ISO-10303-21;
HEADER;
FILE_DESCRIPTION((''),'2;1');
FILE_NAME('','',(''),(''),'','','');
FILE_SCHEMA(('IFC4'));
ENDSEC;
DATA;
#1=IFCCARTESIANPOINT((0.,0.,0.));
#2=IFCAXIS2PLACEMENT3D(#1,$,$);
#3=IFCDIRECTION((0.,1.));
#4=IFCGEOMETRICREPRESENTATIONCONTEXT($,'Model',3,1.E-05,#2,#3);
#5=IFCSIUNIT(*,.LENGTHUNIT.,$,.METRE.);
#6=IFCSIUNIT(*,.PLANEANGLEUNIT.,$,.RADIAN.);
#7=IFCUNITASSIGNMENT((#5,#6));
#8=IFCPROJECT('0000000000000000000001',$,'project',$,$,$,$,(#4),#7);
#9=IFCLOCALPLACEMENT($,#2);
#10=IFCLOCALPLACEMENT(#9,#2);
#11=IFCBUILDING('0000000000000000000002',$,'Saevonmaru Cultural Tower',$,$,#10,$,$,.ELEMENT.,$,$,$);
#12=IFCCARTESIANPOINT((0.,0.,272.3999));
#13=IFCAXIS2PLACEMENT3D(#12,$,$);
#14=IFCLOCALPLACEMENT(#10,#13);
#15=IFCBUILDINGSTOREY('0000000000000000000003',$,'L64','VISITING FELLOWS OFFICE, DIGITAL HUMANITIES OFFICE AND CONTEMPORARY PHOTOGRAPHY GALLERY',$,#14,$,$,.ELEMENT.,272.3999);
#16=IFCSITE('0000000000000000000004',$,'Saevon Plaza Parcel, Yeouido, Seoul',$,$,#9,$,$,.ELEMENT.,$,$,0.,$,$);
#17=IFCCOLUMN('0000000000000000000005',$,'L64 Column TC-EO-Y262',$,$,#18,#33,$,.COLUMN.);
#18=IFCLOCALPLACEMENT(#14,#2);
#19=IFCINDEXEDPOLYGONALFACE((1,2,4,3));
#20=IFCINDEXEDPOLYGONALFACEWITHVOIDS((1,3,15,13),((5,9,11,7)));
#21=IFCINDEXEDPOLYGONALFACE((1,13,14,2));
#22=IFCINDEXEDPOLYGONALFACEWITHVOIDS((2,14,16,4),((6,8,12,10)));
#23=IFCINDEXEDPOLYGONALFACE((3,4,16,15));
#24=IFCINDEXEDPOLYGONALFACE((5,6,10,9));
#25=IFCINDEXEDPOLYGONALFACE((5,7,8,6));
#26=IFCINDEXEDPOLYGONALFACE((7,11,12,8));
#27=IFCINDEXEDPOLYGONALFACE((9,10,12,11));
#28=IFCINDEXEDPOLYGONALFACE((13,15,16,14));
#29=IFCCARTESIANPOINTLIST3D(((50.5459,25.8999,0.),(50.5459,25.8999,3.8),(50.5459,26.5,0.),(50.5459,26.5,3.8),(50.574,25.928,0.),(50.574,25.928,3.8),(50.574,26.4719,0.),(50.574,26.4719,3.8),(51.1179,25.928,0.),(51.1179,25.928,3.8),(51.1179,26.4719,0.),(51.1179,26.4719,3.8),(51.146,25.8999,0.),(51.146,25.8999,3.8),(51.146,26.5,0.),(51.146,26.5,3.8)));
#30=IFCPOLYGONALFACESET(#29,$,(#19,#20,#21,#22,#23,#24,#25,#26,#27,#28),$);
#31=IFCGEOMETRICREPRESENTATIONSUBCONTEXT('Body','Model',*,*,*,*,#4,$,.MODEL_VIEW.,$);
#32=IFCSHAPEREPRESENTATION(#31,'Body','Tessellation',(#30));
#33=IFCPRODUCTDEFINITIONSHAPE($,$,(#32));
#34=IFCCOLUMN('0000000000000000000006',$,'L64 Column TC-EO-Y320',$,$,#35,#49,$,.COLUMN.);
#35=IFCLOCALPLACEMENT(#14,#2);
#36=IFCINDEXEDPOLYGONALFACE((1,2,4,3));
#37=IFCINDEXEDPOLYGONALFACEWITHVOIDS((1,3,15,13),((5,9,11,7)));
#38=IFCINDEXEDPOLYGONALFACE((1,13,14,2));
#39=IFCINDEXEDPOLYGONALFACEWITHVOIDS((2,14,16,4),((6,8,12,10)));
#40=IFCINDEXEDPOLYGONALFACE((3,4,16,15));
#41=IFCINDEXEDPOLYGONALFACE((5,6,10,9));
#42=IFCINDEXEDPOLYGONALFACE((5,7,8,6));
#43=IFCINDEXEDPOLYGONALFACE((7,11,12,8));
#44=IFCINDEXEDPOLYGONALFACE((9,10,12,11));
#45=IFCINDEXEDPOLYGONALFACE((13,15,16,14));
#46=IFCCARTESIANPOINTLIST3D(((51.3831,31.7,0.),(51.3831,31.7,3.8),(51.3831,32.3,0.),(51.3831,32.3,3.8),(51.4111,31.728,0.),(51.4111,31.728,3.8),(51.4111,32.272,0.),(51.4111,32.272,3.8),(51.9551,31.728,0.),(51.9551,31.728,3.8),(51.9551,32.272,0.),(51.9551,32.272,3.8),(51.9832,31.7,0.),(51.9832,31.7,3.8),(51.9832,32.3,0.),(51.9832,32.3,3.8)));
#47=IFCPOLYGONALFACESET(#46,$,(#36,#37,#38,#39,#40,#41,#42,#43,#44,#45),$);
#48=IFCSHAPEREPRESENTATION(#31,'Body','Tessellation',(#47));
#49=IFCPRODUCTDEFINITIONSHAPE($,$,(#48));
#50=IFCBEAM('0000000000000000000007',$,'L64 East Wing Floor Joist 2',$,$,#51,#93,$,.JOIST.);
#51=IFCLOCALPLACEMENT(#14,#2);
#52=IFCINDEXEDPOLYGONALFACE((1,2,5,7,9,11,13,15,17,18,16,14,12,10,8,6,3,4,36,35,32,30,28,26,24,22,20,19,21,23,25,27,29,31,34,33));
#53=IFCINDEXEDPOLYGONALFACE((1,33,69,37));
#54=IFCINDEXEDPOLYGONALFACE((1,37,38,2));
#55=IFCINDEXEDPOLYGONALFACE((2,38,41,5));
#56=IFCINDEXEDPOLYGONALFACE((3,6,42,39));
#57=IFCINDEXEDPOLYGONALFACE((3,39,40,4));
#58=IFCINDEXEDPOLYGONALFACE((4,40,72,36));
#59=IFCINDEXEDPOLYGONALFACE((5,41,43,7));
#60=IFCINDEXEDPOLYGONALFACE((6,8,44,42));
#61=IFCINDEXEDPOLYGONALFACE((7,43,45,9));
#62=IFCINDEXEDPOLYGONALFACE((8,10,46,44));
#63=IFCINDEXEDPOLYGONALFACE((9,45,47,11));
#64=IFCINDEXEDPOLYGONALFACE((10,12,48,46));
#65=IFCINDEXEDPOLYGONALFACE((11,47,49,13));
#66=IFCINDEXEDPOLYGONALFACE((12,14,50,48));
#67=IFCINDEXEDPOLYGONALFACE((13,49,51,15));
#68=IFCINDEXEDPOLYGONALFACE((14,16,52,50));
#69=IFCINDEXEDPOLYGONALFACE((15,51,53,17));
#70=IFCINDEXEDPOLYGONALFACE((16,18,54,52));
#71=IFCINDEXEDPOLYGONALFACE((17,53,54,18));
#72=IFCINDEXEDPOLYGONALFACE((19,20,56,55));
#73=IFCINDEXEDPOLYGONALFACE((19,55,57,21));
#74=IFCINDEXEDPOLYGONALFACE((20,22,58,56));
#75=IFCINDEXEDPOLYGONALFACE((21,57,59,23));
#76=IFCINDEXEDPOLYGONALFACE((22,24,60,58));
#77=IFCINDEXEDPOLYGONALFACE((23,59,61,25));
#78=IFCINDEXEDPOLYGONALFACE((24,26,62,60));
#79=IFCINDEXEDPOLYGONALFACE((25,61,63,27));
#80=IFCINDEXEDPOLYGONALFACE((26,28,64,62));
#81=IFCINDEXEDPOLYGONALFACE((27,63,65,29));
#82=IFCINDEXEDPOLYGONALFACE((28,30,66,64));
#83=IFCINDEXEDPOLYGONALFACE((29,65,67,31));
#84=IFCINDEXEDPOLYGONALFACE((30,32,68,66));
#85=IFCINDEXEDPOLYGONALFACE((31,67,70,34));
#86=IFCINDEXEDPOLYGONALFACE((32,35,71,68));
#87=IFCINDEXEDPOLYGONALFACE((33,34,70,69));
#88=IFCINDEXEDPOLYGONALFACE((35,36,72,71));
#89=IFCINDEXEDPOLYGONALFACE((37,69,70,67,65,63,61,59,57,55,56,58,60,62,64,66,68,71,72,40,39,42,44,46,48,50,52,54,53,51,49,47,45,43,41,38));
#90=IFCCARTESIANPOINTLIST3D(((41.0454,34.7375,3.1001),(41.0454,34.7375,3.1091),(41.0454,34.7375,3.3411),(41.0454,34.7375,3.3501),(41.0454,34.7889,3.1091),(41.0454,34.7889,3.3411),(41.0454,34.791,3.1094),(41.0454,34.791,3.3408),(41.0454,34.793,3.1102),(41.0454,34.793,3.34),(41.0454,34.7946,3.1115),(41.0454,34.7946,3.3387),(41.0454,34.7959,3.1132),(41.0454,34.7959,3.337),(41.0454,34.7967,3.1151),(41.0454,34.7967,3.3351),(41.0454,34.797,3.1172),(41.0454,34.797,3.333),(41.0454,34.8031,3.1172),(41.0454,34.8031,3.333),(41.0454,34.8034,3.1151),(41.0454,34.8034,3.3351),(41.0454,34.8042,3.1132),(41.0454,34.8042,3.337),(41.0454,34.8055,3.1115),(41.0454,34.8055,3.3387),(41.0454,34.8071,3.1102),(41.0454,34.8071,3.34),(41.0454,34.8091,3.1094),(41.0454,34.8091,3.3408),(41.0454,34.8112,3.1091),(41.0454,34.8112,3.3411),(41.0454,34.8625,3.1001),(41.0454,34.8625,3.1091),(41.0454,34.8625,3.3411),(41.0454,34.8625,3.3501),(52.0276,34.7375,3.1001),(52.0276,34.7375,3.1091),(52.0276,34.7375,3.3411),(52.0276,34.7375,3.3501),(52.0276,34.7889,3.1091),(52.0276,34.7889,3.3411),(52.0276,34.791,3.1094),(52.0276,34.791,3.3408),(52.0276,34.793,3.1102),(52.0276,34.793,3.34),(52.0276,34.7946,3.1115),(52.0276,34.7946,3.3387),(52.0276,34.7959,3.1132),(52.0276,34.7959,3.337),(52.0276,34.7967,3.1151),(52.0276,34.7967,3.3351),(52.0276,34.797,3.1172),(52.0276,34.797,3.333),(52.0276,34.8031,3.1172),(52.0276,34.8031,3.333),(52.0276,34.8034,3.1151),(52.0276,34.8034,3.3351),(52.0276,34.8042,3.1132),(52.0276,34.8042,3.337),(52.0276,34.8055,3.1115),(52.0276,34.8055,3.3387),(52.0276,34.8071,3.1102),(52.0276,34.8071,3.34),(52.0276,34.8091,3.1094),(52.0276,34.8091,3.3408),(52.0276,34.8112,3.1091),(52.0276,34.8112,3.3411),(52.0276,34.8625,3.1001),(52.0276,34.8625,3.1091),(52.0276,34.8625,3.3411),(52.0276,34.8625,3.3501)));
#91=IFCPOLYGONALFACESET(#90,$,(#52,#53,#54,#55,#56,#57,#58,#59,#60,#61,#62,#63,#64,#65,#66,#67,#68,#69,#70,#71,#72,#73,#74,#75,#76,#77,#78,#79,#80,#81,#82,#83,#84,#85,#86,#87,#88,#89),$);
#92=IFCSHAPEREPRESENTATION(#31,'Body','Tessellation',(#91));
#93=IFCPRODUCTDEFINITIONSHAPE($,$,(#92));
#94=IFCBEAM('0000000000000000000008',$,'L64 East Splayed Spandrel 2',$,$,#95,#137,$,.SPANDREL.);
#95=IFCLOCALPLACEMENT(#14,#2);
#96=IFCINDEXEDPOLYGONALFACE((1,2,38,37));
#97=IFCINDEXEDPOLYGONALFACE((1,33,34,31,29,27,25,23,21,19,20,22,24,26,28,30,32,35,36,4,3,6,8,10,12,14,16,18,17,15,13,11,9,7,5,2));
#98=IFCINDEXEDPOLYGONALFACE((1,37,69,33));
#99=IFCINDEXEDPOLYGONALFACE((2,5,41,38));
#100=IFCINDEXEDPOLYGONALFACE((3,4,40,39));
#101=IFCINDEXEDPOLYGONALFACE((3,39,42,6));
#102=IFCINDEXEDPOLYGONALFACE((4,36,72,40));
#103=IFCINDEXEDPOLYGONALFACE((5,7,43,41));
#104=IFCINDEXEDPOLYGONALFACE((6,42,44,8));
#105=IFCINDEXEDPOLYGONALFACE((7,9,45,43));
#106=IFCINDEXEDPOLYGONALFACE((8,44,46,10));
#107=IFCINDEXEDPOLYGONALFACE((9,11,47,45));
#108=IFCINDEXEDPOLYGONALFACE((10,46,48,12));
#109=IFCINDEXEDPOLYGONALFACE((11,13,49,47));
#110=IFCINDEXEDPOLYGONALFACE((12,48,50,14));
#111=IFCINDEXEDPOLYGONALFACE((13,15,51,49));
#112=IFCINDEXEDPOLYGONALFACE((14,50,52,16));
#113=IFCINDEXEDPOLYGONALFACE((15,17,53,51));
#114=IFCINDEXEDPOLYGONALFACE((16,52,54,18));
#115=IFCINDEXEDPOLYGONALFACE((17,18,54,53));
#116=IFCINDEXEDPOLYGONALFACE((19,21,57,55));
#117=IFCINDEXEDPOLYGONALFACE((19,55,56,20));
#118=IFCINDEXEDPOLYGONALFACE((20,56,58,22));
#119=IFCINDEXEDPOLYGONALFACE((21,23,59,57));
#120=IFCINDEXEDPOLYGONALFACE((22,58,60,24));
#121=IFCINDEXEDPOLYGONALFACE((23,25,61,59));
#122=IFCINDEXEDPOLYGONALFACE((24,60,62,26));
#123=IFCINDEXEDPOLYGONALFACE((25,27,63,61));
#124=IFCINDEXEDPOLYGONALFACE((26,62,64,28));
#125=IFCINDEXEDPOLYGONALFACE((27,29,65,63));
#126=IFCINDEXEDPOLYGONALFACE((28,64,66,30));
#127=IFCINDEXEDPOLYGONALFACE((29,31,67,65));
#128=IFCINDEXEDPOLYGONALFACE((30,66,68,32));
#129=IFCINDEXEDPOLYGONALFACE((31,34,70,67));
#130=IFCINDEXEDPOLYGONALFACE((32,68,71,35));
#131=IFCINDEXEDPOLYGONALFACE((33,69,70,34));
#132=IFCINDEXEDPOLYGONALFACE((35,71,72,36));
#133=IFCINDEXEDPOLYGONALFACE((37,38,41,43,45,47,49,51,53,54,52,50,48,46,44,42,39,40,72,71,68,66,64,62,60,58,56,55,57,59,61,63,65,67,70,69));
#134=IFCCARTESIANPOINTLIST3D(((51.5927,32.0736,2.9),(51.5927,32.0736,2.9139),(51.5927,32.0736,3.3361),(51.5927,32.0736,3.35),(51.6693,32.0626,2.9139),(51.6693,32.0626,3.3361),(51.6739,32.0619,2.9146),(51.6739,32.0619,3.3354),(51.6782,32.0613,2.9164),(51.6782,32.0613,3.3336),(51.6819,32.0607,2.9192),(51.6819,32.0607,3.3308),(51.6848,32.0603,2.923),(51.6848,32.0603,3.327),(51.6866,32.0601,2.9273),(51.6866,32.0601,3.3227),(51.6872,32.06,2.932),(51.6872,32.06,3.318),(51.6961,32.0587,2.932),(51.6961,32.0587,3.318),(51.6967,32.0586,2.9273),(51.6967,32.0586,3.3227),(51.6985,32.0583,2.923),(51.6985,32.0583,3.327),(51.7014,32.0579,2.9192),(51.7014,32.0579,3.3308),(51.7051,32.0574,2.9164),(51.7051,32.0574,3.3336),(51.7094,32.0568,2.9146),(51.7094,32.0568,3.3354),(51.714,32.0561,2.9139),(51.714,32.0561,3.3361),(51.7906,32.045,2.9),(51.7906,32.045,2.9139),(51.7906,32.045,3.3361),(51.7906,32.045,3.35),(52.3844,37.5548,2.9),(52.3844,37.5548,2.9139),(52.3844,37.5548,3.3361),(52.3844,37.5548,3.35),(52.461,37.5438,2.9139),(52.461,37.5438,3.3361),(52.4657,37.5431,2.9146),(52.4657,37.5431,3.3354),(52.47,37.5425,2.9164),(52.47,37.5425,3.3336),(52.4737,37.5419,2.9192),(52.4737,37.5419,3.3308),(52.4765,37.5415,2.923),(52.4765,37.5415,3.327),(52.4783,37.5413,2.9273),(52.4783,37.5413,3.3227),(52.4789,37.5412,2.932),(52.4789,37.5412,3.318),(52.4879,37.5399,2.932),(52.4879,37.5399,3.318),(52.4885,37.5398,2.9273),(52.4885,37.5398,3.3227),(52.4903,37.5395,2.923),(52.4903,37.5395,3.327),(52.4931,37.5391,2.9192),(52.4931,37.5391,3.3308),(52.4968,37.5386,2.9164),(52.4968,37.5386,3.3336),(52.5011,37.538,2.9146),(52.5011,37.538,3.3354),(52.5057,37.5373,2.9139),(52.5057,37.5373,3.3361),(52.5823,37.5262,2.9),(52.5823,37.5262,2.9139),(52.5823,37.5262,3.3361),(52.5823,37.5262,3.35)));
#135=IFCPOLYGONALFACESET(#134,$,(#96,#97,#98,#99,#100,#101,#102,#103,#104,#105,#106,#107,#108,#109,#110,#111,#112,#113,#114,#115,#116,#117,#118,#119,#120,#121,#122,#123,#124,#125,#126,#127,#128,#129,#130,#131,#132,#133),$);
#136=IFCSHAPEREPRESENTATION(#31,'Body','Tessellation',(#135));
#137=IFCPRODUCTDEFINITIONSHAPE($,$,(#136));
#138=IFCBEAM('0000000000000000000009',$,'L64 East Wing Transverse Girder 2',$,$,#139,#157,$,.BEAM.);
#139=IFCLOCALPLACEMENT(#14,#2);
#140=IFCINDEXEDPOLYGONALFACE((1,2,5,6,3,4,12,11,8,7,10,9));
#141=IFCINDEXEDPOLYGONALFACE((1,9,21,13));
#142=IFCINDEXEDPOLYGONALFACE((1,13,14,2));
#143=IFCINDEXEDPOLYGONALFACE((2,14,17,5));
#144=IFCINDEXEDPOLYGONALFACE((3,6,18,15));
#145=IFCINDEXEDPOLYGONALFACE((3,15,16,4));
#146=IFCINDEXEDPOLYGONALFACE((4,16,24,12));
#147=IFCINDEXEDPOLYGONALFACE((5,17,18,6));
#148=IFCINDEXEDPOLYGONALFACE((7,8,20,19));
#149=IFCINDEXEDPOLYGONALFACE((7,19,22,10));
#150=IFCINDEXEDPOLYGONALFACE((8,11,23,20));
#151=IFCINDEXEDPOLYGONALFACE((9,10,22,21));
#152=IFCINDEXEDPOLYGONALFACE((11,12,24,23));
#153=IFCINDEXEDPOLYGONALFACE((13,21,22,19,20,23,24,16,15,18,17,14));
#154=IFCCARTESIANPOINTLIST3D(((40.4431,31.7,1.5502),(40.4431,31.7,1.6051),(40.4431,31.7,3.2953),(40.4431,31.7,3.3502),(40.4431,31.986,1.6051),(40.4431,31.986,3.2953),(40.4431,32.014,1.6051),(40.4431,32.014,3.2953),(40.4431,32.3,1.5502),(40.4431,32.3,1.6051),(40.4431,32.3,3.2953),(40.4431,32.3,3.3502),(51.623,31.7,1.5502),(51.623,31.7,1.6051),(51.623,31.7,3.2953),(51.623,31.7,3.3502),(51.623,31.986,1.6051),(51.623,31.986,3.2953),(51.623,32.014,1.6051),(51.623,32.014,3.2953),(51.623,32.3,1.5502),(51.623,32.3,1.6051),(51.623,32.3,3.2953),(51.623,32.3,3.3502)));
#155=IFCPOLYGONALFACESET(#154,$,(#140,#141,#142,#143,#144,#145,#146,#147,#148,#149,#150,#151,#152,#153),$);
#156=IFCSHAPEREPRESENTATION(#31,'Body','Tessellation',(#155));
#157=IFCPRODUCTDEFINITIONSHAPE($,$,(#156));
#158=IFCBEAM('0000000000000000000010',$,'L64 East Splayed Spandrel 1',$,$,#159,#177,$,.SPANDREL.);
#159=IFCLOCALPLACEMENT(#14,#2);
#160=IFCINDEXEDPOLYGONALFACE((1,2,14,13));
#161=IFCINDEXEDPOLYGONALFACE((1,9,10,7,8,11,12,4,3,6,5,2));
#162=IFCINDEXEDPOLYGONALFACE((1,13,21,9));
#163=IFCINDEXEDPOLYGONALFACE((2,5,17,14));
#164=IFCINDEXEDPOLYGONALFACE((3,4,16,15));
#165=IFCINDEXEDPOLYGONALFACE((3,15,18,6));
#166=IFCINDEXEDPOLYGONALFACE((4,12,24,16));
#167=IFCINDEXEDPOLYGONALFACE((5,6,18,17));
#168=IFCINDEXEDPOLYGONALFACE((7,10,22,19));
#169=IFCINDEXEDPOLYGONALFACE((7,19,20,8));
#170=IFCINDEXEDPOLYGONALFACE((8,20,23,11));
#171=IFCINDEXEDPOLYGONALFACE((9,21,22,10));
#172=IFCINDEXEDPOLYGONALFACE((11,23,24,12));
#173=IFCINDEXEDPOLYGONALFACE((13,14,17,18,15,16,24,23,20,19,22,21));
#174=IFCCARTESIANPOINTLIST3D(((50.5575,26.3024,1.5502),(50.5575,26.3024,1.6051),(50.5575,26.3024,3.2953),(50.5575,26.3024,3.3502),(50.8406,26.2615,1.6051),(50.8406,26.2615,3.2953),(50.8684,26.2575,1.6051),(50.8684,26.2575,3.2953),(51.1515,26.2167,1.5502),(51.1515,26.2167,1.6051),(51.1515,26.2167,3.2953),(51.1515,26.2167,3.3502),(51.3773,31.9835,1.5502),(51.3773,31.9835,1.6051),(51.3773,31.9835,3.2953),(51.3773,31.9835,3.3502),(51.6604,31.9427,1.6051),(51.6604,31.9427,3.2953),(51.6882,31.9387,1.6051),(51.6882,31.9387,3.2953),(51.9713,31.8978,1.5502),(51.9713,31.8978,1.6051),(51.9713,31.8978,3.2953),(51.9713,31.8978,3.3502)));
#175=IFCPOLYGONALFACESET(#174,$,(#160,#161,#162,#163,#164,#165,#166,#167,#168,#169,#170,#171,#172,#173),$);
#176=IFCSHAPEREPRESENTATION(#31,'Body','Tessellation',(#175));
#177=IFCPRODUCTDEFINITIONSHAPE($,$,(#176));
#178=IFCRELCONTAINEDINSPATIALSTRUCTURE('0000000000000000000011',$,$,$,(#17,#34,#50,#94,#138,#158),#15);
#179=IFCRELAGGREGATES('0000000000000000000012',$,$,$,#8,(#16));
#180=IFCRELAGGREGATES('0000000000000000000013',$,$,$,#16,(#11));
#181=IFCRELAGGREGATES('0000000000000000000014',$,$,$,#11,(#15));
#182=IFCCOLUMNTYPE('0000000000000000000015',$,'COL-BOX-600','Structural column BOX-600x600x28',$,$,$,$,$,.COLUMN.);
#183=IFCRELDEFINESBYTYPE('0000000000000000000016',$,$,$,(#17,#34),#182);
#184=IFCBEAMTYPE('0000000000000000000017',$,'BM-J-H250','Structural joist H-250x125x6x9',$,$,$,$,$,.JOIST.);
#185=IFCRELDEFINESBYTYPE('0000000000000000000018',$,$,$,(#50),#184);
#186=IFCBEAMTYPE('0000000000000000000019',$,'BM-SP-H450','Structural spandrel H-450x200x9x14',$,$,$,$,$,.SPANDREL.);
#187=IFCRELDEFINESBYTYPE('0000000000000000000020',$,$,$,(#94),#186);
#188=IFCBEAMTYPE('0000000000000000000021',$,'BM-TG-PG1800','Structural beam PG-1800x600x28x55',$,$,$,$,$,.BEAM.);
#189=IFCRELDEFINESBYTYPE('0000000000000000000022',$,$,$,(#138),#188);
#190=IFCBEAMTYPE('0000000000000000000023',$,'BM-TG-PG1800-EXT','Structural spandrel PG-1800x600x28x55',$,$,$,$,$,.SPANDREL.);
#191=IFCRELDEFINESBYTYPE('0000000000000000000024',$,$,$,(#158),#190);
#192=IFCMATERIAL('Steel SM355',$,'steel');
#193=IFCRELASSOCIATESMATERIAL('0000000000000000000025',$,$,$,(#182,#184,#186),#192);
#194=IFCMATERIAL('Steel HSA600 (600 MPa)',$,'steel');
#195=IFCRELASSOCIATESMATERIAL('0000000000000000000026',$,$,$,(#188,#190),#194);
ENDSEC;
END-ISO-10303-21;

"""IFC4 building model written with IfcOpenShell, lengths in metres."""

from ifc_helpers import new_model, si_unit, direction, frame, origin, origin_2d, place, context, subcontext, project, spatial, hollow_rectangle, i_section, extrude, material, material_profile, profile_set, type_object, element, save


model = new_model("IFC4")

# Units and contexts
model_context = context("Model", 3, precision=1e-05, world=origin(), true_north=direction((0.0, 1.0)))
body_context = subcontext(model_context, "Body", "Model", "MODEL_VIEW")
ifc_project = project(units=[si_unit("LENGTHUNIT", "METRE"), si_unit("PLANEANGLEUNIT", "RADIAN")], contexts=[model_context])

# Site, building, storey
site_placement = place(None, origin())
site = spatial("IfcSite", under=ifc_project, at=site_placement, Name="Saevon Plaza Parcel, Yeouido, Seoul", CompositionType="ELEMENT", RefElevation=0.0)
building_placement = place(site_placement, origin())
building = spatial("IfcBuilding", under=site, at=building_placement, Name="Saevonmaru Cultural Tower", CompositionType="ELEMENT")
storey_placement = place(building_placement, frame((0.0, 0.0, 272.3999)))
storey = spatial("IfcBuildingStorey", under=building, at=storey_placement, Name="L64", Description="VISITING FELLOWS OFFICE, DIGITAL HUMANITIES OFFICE AND CONTEMPORARY PHOTOGRAPHY GALLERY", CompositionType="ELEMENT", Elevation=272.3999)

# Columns
ifc_material_1 = material(Name="Steel SM355", Category="steel")
ifc_material_profile_1 = material_profile(ifc_material_1, hollow_rectangle(XDim=0.6001, YDim=0.6001, WallThickness=0.0281, at=origin_2d()), Name="BOX-600x600x28")
ifc_profile_set_1 = profile_set([ifc_material_profile_1], Name="Steel SM355")
column_type = type_object("IfcColumnType", Name="COL-BOX-600", Description="Structural column BOX-600x600x28", PredefinedType="COLUMN", material=ifc_profile_set_1)
for number, where, z_axis, x_axis, name in (
    (1, (50.8459, 26.2, 0.0), (0.0, 0.0, 1.0), (1.0, 0.0, 0.0), "L64 Column TC-EO-Y262"),
    (2, (51.6831, 32.0, 0.0), (0.0, 0.0, 1.0), (1.0, 0.0, 0.0), "L64 Column TC-EO-Y320"),
):
    element("IfcColumn", number, at=place(storey_placement, frame(where, z_axis=z_axis, x_axis=x_axis)), inside=storey, type_object=column_type, Name=name, PredefinedType="COLUMN", context=body_context, shape_type="SweptSolid", body=[
        extrude(hollow_rectangle(XDim=0.6001, YDim=0.6001, WallThickness=0.0281, at=origin_2d()), origin(), (0.0, 0.0, 1.0), 3.8),
    ])

# Beams
ifc_material_profile_2 = material_profile(ifc_material_1, i_section(OverallWidth=0.125, OverallDepth=0.25, WebThickness=0.0061, FlangeThickness=0.009, FilletRadius=0.0081, at=origin_2d()), Name="H-250x125x6x9")
ifc_profile_set_2 = profile_set([ifc_material_profile_2], Name="Steel SM355")
beam_type_1 = type_object("IfcBeamType", Name="BM-J-H250", Description="Structural joist H-250x125x6x9", PredefinedType="JOIST", material=ifc_profile_set_2)
beam_1_placement = place(storey_placement, frame((41.0454, 34.8, 3.2251), z_axis=(1.0, 0.0, 0.0), x_axis=(0.0, 1.0, 0.0)))
element("IfcBeam", 3, at=beam_1_placement, inside=storey, type_object=beam_type_1, Name="L64 East Wing Floor Joist 2", PredefinedType="JOIST", context=body_context, shape_type="SweptSolid", body=[
    extrude(i_section(OverallWidth=0.125, OverallDepth=0.25, WebThickness=0.0061, FlangeThickness=0.009, FilletRadius=0.0081, at=origin_2d()), origin(), (0.0, 0.0, 1.0), 10.9822),
])
ifc_material_profile_3 = material_profile(ifc_material_1, i_section(OverallWidth=0.2, OverallDepth=0.45, WebThickness=0.009, FlangeThickness=0.0139, FilletRadius=0.0181, at=origin_2d()), Name="H-450x200x9x14")
ifc_profile_set_3 = profile_set([ifc_material_profile_3], Name="Steel SM355")
beam_type_2 = type_object("IfcBeamType", Name="BM-SP-H450", Description="Structural spandrel H-450x200x9x14", PredefinedType="SPANDREL", material=ifc_profile_set_3)
beam_2_placement = place(storey_placement, frame((51.6917, 32.0593, 3.125), z_axis=(0.142964, 0.989728, 0.0), x_axis=(-0.989728, 0.142964, 0.0)))
element("IfcBeam", 4, at=beam_2_placement, inside=storey, type_object=beam_type_2, Name="L64 East Splayed Spandrel 2", PredefinedType="SPANDREL", context=body_context, shape_type="SweptSolid", body=[
    extrude(i_section(OverallWidth=0.2, OverallDepth=0.45, WebThickness=0.009, FlangeThickness=0.0139, FilletRadius=0.0181, at=origin_2d()), origin(), (0.0, 0.0, 1.0), 5.5381),
])
ifc_material_2 = material(Name="Steel HSA600 (600 MPa)", Category="steel")
ifc_material_profile_4 = material_profile(ifc_material_2, i_section(OverallWidth=0.6001, OverallDepth=1.8, WebThickness=0.0281, FlangeThickness=0.0549, at=origin_2d()), Name="PG-1800x600x28x55")
ifc_profile_set_4 = profile_set([ifc_material_profile_4], Name="Steel HSA600 (600 MPa)")
beam_type_3 = type_object("IfcBeamType", Name="BM-TG-PG1800", Description="Structural beam PG-1800x600x28x55", PredefinedType="BEAM", material=ifc_profile_set_4)
beam_3_placement = place(storey_placement, frame((40.4431, 32.0, 2.4502), z_axis=(1.0, 0.0, 0.0), x_axis=(0.0, 1.0, 0.0)))
element("IfcBeam", 5, at=beam_3_placement, inside=storey, type_object=beam_type_3, Name="L64 East Wing Transverse Girder 2", PredefinedType="BEAM", context=body_context, shape_type="SweptSolid", body=[
    extrude(i_section(OverallWidth=0.6001, OverallDepth=1.8, WebThickness=0.0281, FlangeThickness=0.0549, at=origin_2d()), origin(), (0.0, 0.0, 1.0), 11.1799),
])
ifc_material_profile_5 = material_profile(ifc_material_2, i_section(OverallWidth=0.6001, OverallDepth=1.8, WebThickness=0.0281, FlangeThickness=0.0549, at=origin_2d()), Name="PG-1800x600x28x55")
ifc_profile_set_5 = profile_set([ifc_material_profile_5], Name="Steel HSA600 (600 MPa)")
beam_type_4 = type_object("IfcBeamType", Name="BM-TG-PG1800-EXT", Description="Structural spandrel PG-1800x600x28x55", PredefinedType="SPANDREL", material=ifc_profile_set_5)
beam_4_placement = place(storey_placement, frame((50.8545, 26.2595, 2.4502), z_axis=(0.142827, 0.989748, 0.0), x_axis=(-0.989748, 0.142827, 0.0)))
element("IfcBeam", 6, at=beam_4_placement, inside=storey, type_object=beam_type_4, Name="L64 East Splayed Spandrel 1", PredefinedType="SPANDREL", context=body_context, shape_type="SweptSolid", body=[
    extrude(i_section(OverallWidth=0.6001, OverallDepth=1.8, WebThickness=0.0281, FlangeThickness=0.0549, at=origin_2d()), origin(), (0.0, 0.0, 1.0), 5.74),
])

save(model, "model.ifc")
